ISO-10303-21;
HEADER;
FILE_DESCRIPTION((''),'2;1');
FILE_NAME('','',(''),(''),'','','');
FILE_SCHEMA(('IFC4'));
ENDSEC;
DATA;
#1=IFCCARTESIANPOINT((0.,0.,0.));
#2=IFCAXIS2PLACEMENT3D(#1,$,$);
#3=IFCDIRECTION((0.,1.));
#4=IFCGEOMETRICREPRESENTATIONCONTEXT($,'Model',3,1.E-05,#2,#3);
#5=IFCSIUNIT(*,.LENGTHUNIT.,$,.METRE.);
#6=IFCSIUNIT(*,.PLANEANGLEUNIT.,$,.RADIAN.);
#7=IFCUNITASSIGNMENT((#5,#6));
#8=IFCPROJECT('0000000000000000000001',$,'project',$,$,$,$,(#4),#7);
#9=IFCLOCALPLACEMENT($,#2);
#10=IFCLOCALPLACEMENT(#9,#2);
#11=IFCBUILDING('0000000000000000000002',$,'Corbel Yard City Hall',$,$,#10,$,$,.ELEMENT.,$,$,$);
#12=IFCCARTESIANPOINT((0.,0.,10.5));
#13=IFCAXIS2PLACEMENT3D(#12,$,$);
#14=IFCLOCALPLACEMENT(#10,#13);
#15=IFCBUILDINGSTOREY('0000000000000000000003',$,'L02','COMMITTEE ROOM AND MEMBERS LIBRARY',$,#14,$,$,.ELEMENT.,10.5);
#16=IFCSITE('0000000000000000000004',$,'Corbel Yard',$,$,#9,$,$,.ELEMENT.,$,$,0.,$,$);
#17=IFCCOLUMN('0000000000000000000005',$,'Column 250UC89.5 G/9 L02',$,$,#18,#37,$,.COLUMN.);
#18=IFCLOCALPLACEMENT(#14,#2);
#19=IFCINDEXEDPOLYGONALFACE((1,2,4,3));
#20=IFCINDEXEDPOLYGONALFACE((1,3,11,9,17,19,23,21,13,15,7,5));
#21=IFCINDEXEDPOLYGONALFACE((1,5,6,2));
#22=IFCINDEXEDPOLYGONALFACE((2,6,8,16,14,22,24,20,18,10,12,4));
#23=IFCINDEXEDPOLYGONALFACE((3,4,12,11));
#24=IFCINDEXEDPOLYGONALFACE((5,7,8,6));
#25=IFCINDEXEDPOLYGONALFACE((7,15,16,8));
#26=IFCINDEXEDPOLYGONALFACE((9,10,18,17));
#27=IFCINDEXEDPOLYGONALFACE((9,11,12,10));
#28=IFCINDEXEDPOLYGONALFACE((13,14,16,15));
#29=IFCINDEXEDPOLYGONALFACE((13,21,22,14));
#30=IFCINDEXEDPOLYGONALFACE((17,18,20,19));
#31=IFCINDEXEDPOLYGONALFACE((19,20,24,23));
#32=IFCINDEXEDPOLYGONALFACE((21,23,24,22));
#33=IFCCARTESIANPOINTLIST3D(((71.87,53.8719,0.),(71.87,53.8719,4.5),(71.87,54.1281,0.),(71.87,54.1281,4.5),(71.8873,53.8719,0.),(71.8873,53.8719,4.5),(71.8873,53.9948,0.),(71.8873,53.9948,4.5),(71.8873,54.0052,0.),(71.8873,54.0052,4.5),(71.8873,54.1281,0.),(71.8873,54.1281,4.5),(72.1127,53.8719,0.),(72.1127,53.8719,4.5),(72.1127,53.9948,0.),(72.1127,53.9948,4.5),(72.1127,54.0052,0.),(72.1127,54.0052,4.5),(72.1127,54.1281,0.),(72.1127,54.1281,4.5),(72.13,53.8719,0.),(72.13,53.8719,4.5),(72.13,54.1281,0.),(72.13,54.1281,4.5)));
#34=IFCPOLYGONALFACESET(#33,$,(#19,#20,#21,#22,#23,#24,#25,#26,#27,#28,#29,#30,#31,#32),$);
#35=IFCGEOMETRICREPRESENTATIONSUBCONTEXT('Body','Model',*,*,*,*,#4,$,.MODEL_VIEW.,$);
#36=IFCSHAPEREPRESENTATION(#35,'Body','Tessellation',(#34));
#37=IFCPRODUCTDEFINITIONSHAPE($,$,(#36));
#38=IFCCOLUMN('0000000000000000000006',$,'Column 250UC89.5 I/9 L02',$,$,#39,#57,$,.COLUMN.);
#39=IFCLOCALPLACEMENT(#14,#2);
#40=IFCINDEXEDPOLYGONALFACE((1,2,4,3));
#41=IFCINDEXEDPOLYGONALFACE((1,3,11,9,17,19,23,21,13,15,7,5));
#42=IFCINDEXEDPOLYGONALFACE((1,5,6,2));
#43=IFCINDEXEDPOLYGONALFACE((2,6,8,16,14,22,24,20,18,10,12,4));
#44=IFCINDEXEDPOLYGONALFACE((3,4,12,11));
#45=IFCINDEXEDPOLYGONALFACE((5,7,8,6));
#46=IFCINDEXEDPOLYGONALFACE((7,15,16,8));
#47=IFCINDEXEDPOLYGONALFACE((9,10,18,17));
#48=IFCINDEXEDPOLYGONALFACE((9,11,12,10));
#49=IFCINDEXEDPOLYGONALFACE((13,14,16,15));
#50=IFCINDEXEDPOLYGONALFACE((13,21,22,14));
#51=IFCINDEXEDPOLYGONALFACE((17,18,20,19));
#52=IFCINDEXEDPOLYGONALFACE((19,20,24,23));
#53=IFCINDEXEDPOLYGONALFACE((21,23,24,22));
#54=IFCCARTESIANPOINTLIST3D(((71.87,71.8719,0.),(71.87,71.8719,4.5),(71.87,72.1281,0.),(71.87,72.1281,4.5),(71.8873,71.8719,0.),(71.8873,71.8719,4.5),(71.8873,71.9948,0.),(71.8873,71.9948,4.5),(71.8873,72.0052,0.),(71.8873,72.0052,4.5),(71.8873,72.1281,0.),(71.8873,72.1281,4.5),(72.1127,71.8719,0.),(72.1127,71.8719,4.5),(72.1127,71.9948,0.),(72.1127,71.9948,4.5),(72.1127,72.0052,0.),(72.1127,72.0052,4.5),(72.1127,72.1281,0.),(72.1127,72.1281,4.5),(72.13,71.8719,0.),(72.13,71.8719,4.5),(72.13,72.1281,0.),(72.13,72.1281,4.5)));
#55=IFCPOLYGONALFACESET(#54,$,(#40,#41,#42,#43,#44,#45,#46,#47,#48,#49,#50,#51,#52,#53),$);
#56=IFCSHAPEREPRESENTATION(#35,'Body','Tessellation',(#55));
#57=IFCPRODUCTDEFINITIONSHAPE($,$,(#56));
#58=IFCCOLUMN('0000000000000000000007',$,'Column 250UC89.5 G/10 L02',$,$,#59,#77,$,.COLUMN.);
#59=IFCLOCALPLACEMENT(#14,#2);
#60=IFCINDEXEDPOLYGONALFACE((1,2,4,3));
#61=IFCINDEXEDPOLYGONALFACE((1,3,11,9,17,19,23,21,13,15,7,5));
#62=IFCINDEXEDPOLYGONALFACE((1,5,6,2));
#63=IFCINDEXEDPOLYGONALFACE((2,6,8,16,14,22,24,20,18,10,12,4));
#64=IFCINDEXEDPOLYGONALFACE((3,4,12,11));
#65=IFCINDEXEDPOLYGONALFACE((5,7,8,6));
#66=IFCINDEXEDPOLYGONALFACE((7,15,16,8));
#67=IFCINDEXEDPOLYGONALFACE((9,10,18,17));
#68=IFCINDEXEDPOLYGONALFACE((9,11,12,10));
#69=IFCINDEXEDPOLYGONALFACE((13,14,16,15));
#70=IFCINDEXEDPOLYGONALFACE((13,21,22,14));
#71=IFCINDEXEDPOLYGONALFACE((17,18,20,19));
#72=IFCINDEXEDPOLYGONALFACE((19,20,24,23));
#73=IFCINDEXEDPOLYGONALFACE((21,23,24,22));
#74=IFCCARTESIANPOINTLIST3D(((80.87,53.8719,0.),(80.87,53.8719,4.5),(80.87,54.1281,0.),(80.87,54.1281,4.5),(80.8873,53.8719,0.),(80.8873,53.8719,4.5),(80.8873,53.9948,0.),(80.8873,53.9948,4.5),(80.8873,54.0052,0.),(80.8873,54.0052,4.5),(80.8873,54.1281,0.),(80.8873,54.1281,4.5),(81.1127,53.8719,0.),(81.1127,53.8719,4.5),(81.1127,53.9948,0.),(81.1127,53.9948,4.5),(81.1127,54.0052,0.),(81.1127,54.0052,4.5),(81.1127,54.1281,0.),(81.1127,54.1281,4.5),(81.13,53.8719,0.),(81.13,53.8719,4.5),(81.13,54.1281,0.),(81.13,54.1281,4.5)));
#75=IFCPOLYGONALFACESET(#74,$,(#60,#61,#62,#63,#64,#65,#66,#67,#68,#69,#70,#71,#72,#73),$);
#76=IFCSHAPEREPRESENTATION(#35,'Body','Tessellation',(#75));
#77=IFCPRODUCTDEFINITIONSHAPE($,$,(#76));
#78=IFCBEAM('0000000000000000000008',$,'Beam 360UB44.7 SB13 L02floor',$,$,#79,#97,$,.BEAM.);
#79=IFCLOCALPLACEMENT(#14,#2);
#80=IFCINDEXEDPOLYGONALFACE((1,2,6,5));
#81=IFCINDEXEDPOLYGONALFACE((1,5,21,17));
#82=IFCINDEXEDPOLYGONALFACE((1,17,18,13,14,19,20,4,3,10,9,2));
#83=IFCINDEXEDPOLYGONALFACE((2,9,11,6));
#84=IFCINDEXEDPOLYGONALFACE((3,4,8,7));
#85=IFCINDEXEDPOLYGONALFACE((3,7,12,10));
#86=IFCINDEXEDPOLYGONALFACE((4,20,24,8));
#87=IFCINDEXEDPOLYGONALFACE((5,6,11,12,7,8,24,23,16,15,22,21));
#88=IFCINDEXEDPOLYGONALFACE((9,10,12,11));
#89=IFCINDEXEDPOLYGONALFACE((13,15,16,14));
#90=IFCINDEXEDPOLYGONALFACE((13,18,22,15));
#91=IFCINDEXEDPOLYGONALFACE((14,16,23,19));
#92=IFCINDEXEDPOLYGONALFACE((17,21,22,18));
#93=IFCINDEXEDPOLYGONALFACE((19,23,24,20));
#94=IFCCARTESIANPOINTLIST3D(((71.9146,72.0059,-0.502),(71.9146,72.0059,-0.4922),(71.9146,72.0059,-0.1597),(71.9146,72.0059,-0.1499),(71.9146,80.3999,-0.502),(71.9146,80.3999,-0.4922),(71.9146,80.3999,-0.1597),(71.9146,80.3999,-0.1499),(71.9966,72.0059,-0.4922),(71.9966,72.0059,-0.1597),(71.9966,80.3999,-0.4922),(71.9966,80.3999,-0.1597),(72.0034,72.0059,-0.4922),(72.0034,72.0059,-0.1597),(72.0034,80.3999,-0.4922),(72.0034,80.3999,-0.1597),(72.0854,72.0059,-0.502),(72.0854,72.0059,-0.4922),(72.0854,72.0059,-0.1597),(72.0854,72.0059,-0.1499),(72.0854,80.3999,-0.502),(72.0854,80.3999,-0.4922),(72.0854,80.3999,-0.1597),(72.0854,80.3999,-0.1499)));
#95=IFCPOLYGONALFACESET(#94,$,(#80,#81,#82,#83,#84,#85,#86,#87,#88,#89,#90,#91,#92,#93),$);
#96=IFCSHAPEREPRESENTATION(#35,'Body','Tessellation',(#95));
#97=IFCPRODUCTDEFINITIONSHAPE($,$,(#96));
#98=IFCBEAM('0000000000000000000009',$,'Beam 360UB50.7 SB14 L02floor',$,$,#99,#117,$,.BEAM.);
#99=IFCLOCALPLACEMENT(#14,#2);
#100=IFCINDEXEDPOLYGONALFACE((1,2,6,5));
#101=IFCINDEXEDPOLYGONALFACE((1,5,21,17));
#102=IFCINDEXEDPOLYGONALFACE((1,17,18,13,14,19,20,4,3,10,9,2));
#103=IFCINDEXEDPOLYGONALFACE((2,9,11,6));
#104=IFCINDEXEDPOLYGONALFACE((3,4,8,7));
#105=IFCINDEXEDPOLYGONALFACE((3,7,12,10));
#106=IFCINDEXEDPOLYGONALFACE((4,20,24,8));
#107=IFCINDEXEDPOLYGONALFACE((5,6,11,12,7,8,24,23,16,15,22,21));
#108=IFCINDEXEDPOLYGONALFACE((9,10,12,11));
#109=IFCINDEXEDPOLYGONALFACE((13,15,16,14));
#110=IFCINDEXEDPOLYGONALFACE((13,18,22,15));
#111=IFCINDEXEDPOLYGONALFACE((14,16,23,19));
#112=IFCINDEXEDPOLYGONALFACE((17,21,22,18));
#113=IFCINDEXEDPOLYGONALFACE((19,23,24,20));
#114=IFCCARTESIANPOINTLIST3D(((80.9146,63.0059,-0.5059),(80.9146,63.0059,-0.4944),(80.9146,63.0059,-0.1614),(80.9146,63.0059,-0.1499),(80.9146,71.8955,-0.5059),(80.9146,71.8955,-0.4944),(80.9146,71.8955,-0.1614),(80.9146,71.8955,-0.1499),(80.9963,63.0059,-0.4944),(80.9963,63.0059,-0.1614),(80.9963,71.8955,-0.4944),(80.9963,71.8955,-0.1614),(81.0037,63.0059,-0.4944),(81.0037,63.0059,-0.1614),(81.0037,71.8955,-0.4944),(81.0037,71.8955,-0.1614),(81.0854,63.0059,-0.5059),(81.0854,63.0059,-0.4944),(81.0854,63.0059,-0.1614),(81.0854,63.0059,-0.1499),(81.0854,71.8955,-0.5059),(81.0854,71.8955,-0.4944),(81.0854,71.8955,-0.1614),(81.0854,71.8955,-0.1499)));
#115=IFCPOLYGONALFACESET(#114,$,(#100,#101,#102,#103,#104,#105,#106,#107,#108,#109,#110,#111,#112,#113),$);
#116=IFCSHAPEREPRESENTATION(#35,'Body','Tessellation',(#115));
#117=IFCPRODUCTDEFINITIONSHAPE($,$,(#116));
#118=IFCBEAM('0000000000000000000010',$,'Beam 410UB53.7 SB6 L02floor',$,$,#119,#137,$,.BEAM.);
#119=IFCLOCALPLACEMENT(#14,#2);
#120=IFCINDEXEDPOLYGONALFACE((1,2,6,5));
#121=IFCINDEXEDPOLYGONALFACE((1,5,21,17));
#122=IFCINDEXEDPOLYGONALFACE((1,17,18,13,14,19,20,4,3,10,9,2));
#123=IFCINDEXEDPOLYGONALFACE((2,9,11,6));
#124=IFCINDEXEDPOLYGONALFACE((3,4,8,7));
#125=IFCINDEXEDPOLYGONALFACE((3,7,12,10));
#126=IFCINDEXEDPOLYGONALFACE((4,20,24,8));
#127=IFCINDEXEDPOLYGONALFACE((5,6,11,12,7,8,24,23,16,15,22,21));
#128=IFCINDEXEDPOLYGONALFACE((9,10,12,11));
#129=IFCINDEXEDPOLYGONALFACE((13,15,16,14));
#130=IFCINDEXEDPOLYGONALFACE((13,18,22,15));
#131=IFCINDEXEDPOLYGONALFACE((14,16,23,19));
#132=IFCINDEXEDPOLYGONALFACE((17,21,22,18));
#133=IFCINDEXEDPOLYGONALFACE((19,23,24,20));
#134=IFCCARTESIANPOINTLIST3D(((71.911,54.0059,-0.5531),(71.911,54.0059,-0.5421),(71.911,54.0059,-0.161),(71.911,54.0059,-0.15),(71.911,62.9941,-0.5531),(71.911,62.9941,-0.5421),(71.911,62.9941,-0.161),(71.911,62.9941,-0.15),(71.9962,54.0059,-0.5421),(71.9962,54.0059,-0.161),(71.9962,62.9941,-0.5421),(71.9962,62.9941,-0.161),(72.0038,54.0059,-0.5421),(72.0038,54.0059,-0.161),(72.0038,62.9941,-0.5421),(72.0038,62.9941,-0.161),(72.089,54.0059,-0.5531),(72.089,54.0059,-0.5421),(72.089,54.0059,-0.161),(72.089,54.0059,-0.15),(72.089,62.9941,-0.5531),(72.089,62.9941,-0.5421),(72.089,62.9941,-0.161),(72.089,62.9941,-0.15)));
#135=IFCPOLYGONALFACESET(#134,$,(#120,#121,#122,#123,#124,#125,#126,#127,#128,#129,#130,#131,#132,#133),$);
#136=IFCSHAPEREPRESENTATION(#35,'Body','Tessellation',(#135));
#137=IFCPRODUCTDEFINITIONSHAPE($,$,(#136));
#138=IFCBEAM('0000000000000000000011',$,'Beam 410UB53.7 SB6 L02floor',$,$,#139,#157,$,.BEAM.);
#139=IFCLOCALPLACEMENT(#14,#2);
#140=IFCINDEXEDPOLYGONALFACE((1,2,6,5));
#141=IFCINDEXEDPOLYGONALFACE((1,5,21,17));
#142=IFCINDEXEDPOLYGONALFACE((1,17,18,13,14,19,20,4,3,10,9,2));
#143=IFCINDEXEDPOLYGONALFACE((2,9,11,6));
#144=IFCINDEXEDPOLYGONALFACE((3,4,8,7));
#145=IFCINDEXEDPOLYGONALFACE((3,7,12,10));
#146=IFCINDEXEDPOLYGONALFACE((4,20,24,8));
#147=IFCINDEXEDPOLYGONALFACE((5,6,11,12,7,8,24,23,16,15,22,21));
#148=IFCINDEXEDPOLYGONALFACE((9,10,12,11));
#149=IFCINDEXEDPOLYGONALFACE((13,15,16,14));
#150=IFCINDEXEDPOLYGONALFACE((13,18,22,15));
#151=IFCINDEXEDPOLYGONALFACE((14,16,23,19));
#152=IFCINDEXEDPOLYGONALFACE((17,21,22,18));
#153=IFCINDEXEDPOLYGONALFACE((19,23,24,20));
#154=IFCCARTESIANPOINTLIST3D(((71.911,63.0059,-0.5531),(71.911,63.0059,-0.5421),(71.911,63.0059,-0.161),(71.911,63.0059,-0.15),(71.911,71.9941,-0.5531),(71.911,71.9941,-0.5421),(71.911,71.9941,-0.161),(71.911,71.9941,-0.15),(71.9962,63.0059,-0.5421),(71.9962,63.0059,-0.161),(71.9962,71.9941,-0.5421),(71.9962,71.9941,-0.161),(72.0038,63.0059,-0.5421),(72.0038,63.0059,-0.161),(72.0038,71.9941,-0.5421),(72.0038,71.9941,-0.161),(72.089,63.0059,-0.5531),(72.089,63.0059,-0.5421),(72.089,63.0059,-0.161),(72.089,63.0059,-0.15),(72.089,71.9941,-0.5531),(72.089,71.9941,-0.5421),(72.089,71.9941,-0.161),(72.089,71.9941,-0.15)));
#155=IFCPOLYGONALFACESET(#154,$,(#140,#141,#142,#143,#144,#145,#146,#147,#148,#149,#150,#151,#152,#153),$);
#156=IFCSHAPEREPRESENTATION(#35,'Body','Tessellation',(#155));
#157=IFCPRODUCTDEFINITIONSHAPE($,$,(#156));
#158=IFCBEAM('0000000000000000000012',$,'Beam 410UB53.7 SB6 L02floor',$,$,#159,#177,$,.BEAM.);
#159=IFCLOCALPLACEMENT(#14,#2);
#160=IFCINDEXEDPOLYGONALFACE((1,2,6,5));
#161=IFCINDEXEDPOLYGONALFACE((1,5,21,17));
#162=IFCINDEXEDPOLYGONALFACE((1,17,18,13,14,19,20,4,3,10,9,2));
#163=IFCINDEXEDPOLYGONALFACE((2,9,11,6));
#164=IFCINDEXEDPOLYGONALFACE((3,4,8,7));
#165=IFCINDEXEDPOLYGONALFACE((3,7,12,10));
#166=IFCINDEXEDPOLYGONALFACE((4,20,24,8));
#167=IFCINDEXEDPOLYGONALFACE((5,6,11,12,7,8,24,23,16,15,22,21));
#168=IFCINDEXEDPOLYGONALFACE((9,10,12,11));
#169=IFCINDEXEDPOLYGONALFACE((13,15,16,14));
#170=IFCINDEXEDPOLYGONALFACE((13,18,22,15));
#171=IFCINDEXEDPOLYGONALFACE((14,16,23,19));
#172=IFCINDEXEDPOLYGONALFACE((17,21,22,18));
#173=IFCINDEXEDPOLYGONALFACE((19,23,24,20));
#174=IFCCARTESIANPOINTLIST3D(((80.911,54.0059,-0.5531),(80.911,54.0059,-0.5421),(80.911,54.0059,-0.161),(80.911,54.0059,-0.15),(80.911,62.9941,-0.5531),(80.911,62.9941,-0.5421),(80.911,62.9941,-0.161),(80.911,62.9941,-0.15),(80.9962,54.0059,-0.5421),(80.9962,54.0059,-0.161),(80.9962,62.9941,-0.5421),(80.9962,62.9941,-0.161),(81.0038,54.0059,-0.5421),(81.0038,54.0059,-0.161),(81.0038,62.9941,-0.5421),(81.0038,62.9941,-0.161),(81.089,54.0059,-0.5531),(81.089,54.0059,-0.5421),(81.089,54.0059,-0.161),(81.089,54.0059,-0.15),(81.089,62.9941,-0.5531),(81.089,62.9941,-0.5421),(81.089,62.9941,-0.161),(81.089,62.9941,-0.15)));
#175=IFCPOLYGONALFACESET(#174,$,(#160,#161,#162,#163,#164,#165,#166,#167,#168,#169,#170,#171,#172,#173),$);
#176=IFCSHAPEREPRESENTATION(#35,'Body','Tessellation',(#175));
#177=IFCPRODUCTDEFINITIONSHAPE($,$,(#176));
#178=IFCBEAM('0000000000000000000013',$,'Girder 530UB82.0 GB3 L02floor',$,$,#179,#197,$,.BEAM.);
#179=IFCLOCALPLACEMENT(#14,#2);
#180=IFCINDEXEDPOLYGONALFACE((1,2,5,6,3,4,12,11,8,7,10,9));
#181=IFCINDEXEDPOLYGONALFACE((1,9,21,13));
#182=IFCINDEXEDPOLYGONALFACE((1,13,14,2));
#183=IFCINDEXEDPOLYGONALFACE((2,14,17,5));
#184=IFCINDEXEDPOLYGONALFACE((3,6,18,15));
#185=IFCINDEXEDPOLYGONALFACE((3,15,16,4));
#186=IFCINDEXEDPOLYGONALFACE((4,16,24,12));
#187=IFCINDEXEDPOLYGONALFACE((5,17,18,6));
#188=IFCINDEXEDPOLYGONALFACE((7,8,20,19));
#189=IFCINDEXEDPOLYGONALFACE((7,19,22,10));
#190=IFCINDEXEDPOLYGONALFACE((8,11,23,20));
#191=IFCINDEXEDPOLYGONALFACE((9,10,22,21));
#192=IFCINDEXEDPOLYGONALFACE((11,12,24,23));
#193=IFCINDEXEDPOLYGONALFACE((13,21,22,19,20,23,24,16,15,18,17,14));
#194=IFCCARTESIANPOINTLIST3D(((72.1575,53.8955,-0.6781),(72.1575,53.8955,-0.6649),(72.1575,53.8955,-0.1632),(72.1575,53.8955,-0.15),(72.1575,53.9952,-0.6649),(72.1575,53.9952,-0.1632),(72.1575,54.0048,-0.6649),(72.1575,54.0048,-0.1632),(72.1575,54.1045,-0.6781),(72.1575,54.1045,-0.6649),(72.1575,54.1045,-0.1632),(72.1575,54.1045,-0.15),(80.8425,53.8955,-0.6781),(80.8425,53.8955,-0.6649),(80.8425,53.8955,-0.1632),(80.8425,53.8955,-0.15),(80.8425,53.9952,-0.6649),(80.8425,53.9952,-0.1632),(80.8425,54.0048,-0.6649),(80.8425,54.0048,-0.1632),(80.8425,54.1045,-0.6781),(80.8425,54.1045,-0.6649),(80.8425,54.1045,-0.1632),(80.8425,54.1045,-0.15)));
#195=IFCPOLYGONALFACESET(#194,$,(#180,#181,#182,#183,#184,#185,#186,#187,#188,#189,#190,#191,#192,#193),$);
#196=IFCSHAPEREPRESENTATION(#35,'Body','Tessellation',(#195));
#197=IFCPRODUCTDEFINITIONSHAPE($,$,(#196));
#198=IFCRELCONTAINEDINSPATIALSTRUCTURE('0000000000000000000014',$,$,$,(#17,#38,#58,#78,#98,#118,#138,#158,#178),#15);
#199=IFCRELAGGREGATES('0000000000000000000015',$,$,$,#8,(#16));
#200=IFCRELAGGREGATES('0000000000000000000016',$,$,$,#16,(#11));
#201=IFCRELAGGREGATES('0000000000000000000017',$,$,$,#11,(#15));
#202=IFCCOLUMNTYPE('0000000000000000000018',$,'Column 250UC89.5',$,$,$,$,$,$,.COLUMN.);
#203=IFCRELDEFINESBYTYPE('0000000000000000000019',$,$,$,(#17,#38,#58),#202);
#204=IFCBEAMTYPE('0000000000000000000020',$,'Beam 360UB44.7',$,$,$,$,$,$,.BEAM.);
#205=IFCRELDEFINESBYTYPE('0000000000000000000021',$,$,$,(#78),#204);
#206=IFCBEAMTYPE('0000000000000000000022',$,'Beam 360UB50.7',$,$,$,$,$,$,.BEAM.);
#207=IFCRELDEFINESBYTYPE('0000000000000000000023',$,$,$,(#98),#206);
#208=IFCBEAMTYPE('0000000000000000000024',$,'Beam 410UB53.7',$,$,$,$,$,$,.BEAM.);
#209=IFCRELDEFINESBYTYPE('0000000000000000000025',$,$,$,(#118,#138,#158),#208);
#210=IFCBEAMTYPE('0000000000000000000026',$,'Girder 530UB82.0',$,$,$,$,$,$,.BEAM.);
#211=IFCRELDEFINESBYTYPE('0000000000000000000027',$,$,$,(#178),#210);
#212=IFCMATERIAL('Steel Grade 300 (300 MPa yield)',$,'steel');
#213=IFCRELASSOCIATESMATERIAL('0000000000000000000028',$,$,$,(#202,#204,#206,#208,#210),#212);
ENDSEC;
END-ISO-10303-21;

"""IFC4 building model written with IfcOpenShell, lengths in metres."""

from ifc_helpers import new_model, si_unit, direction, frame, origin, origin_2d, place, context, subcontext, project, spatial, i_section, extrude, material, material_profile, profile_set, type_object, element, save


model = new_model("IFC4")

# Units and contexts
model_context = context("Model", 3, precision=1e-05, world=origin(), true_north=direction((0.0, 1.0)))
body_context = subcontext(model_context, "Body", "Model", "MODEL_VIEW")
ifc_project = project(units=[si_unit("LENGTHUNIT", "METRE"), si_unit("PLANEANGLEUNIT", "RADIAN")], contexts=[model_context])

# Site, building, storey
site_placement = place(None, origin())
site = spatial("IfcSite", under=ifc_project, at=site_placement, Name="Corbel Yard", CompositionType="ELEMENT", RefElevation=0.0)
building_placement = place(site_placement, origin())
building = spatial("IfcBuilding", under=site, at=building_placement, Name="Corbel Yard City Hall", CompositionType="ELEMENT")
storey_placement = place(building_placement, frame((0.0, 0.0, 10.5)))
storey = spatial("IfcBuildingStorey", under=building, at=storey_placement, Name="L02", Description="COMMITTEE ROOM AND MEMBERS LIBRARY", CompositionType="ELEMENT", Elevation=10.5)

# Columns
ifc_material_1 = material(Name="Steel Grade 300 (300 MPa yield)", Category="steel")
ifc_material_profile_1 = material_profile(ifc_material_1, i_section(OverallWidth=0.2561, OverallDepth=0.26, WebThickness=0.0105, FlangeThickness=0.0173, at=origin_2d()), Name="250UC89.5")
ifc_profile_set_1 = profile_set([ifc_material_profile_1], Name="Steel Grade 300 (300 MPa yield)")
column_type = type_object("IfcColumnType", Name="Column 250UC89.5", PredefinedType="COLUMN", material=ifc_profile_set_1)
for number, where, z_axis, x_axis, name in (
    (1, (72.0, 54.0, 0.0), (0.0, 0.0, 1.0), (0.0, 1.0, 0.0), "Column 250UC89.5 G/9 L02"),
    (2, (72.0, 72.0, 0.0), (0.0, 0.0, 1.0), (0.0, 1.0, 0.0), "Column 250UC89.5 I/9 L02"),
    (3, (81.0, 54.0, 0.0), (0.0, 0.0, 1.0), (0.0, 1.0, 0.0), "Column 250UC89.5 G/10 L02"),
):
    element("IfcColumn", number, at=place(storey_placement, frame(where, z_axis=z_axis, x_axis=x_axis)), inside=storey, type_object=column_type, Name=name, PredefinedType="COLUMN", context=body_context, shape_type="SweptSolid", body=[
        extrude(i_section(OverallWidth=0.2561, OverallDepth=0.26, WebThickness=0.0105, FlangeThickness=0.0173, at=origin_2d()), origin(), (0.0, 0.0, 1.0), 4.5),
    ])

# Beams
ifc_material_profile_2 = material_profile(ifc_material_1, i_section(OverallWidth=0.1709, OverallDepth=0.3521, WebThickness=0.0068, FlangeThickness=0.0098, at=origin_2d()), Name="360UB44.7")
ifc_profile_set_2 = profile_set([ifc_material_profile_2], Name="Steel Grade 300 (300 MPa yield)")
beam_type_1 = type_object("IfcBeamType", Name="Beam 360UB44.7", PredefinedType="BEAM", material=ifc_profile_set_2)
beam_1_placement = place(storey_placement, frame((72.0, 72.0059, -0.3259), z_axis=(0.0, 1.0, 0.0), x_axis=(-1.0, 0.0, 0.0)))
element("IfcBeam", 4, at=beam_1_placement, inside=storey, type_object=beam_type_1, Name="Beam 360UB44.7 SB13 L02floor", PredefinedType="BEAM", context=body_context, shape_type="SweptSolid", body=[
    extrude(i_section(OverallWidth=0.1709, OverallDepth=0.3521, WebThickness=0.0068, FlangeThickness=0.0098, at=origin_2d()), origin(), (0.0, 0.0, 1.0), 8.394),
])
ifc_material_profile_3 = material_profile(ifc_material_1, i_section(OverallWidth=0.1709, OverallDepth=0.356, WebThickness=0.0073, FlangeThickness=0.0115, at=origin_2d()), Name="360UB50.7")
ifc_profile_set_3 = profile_set([ifc_material_profile_3], Name="Steel Grade 300 (300 MPa yield)")
beam_type_2 = type_object("IfcBeamType", Name="Beam 360UB50.7", PredefinedType="BEAM", material=ifc_profile_set_3)
beam_2_placement = place(storey_placement, frame((81.0, 63.0059, -0.3279), z_axis=(0.0, 1.0, 0.0), x_axis=(-1.0, 0.0, 0.0)))
element("IfcBeam", 5, at=beam_2_placement, inside=storey, type_object=beam_type_2, Name="Beam 360UB50.7 SB14 L02floor", PredefinedType="BEAM", context=body_context, shape_type="SweptSolid", body=[
    extrude(i_section(OverallWidth=0.1709, OverallDepth=0.356, WebThickness=0.0073, FlangeThickness=0.0115, at=origin_2d()), origin(), (0.0, 0.0, 1.0), 8.8896),
])
ifc_material_profile_4 = material_profile(ifc_material_1, i_section(OverallWidth=0.178, OverallDepth=0.4031, WebThickness=0.0076, FlangeThickness=0.011, at=origin_2d()), Name="410UB53.7")
ifc_profile_set_4 = profile_set([ifc_material_profile_4], Name="Steel Grade 300 (300 MPa yield)")
beam_type_3 = type_object("IfcBeamType", Name="Beam 410UB53.7", PredefinedType="BEAM", material=ifc_profile_set_4)
for number, where, z_axis, x_axis, name in (
    (6, (72.0, 54.0059, -0.3516), (0.0, 1.0, 0.0), (-1.0, 0.0, 0.0), "Beam 410UB53.7 SB6 L02floor"),
    (7, (72.0, 63.0059, -0.3516), (0.0, 1.0, 0.0), (-1.0, 0.0, 0.0), "Beam 410UB53.7 SB6 L02floor"),
    (8, (81.0, 54.0059, -0.3516), (0.0, 1.0, 0.0), (-1.0, 0.0, 0.0), "Beam 410UB53.7 SB6 L02floor"),
):
    element("IfcBeam", number, at=place(storey_placement, frame(where, z_axis=z_axis, x_axis=x_axis)), inside=storey, type_object=beam_type_3, Name=name, PredefinedType="BEAM", context=body_context, shape_type="SweptSolid", body=[
        extrude(i_section(OverallWidth=0.178, OverallDepth=0.4031, WebThickness=0.0076, FlangeThickness=0.011, at=origin_2d()), origin(), (0.0, 0.0, 1.0), 8.9883),
    ])
ifc_material_profile_5 = material_profile(ifc_material_1, i_section(OverallWidth=0.209, OverallDepth=0.5281, WebThickness=0.0095, FlangeThickness=0.0132, at=origin_2d()), Name="530UB82.0")
ifc_profile_set_5 = profile_set([ifc_material_profile_5], Name="Steel Grade 300 (300 MPa yield)")
beam_type_4 = type_object("IfcBeamType", Name="Girder 530UB82.0", PredefinedType="BEAM", material=ifc_profile_set_5)
for number, where, z_axis, x_axis, name in (
    (9, (72.1575, 54.0, -0.4141), (1.0, 0.0, 0.0), (0.0, 1.0, 0.0), "Girder 530UB82.0 GB3 L02floor"),
):
    element("IfcBeam", number, at=place(storey_placement, frame(where, z_axis=z_axis, x_axis=x_axis)), inside=storey, type_object=beam_type_4, Name=name, PredefinedType="BEAM", context=body_context, shape_type="SweptSolid", body=[
        extrude(i_section(OverallWidth=0.209, OverallDepth=0.5281, WebThickness=0.0095, FlangeThickness=0.0132, at=origin_2d()), origin(), (0.0, 0.0, 1.0), 8.6851),
    ])

save(model, "model.ifc")
